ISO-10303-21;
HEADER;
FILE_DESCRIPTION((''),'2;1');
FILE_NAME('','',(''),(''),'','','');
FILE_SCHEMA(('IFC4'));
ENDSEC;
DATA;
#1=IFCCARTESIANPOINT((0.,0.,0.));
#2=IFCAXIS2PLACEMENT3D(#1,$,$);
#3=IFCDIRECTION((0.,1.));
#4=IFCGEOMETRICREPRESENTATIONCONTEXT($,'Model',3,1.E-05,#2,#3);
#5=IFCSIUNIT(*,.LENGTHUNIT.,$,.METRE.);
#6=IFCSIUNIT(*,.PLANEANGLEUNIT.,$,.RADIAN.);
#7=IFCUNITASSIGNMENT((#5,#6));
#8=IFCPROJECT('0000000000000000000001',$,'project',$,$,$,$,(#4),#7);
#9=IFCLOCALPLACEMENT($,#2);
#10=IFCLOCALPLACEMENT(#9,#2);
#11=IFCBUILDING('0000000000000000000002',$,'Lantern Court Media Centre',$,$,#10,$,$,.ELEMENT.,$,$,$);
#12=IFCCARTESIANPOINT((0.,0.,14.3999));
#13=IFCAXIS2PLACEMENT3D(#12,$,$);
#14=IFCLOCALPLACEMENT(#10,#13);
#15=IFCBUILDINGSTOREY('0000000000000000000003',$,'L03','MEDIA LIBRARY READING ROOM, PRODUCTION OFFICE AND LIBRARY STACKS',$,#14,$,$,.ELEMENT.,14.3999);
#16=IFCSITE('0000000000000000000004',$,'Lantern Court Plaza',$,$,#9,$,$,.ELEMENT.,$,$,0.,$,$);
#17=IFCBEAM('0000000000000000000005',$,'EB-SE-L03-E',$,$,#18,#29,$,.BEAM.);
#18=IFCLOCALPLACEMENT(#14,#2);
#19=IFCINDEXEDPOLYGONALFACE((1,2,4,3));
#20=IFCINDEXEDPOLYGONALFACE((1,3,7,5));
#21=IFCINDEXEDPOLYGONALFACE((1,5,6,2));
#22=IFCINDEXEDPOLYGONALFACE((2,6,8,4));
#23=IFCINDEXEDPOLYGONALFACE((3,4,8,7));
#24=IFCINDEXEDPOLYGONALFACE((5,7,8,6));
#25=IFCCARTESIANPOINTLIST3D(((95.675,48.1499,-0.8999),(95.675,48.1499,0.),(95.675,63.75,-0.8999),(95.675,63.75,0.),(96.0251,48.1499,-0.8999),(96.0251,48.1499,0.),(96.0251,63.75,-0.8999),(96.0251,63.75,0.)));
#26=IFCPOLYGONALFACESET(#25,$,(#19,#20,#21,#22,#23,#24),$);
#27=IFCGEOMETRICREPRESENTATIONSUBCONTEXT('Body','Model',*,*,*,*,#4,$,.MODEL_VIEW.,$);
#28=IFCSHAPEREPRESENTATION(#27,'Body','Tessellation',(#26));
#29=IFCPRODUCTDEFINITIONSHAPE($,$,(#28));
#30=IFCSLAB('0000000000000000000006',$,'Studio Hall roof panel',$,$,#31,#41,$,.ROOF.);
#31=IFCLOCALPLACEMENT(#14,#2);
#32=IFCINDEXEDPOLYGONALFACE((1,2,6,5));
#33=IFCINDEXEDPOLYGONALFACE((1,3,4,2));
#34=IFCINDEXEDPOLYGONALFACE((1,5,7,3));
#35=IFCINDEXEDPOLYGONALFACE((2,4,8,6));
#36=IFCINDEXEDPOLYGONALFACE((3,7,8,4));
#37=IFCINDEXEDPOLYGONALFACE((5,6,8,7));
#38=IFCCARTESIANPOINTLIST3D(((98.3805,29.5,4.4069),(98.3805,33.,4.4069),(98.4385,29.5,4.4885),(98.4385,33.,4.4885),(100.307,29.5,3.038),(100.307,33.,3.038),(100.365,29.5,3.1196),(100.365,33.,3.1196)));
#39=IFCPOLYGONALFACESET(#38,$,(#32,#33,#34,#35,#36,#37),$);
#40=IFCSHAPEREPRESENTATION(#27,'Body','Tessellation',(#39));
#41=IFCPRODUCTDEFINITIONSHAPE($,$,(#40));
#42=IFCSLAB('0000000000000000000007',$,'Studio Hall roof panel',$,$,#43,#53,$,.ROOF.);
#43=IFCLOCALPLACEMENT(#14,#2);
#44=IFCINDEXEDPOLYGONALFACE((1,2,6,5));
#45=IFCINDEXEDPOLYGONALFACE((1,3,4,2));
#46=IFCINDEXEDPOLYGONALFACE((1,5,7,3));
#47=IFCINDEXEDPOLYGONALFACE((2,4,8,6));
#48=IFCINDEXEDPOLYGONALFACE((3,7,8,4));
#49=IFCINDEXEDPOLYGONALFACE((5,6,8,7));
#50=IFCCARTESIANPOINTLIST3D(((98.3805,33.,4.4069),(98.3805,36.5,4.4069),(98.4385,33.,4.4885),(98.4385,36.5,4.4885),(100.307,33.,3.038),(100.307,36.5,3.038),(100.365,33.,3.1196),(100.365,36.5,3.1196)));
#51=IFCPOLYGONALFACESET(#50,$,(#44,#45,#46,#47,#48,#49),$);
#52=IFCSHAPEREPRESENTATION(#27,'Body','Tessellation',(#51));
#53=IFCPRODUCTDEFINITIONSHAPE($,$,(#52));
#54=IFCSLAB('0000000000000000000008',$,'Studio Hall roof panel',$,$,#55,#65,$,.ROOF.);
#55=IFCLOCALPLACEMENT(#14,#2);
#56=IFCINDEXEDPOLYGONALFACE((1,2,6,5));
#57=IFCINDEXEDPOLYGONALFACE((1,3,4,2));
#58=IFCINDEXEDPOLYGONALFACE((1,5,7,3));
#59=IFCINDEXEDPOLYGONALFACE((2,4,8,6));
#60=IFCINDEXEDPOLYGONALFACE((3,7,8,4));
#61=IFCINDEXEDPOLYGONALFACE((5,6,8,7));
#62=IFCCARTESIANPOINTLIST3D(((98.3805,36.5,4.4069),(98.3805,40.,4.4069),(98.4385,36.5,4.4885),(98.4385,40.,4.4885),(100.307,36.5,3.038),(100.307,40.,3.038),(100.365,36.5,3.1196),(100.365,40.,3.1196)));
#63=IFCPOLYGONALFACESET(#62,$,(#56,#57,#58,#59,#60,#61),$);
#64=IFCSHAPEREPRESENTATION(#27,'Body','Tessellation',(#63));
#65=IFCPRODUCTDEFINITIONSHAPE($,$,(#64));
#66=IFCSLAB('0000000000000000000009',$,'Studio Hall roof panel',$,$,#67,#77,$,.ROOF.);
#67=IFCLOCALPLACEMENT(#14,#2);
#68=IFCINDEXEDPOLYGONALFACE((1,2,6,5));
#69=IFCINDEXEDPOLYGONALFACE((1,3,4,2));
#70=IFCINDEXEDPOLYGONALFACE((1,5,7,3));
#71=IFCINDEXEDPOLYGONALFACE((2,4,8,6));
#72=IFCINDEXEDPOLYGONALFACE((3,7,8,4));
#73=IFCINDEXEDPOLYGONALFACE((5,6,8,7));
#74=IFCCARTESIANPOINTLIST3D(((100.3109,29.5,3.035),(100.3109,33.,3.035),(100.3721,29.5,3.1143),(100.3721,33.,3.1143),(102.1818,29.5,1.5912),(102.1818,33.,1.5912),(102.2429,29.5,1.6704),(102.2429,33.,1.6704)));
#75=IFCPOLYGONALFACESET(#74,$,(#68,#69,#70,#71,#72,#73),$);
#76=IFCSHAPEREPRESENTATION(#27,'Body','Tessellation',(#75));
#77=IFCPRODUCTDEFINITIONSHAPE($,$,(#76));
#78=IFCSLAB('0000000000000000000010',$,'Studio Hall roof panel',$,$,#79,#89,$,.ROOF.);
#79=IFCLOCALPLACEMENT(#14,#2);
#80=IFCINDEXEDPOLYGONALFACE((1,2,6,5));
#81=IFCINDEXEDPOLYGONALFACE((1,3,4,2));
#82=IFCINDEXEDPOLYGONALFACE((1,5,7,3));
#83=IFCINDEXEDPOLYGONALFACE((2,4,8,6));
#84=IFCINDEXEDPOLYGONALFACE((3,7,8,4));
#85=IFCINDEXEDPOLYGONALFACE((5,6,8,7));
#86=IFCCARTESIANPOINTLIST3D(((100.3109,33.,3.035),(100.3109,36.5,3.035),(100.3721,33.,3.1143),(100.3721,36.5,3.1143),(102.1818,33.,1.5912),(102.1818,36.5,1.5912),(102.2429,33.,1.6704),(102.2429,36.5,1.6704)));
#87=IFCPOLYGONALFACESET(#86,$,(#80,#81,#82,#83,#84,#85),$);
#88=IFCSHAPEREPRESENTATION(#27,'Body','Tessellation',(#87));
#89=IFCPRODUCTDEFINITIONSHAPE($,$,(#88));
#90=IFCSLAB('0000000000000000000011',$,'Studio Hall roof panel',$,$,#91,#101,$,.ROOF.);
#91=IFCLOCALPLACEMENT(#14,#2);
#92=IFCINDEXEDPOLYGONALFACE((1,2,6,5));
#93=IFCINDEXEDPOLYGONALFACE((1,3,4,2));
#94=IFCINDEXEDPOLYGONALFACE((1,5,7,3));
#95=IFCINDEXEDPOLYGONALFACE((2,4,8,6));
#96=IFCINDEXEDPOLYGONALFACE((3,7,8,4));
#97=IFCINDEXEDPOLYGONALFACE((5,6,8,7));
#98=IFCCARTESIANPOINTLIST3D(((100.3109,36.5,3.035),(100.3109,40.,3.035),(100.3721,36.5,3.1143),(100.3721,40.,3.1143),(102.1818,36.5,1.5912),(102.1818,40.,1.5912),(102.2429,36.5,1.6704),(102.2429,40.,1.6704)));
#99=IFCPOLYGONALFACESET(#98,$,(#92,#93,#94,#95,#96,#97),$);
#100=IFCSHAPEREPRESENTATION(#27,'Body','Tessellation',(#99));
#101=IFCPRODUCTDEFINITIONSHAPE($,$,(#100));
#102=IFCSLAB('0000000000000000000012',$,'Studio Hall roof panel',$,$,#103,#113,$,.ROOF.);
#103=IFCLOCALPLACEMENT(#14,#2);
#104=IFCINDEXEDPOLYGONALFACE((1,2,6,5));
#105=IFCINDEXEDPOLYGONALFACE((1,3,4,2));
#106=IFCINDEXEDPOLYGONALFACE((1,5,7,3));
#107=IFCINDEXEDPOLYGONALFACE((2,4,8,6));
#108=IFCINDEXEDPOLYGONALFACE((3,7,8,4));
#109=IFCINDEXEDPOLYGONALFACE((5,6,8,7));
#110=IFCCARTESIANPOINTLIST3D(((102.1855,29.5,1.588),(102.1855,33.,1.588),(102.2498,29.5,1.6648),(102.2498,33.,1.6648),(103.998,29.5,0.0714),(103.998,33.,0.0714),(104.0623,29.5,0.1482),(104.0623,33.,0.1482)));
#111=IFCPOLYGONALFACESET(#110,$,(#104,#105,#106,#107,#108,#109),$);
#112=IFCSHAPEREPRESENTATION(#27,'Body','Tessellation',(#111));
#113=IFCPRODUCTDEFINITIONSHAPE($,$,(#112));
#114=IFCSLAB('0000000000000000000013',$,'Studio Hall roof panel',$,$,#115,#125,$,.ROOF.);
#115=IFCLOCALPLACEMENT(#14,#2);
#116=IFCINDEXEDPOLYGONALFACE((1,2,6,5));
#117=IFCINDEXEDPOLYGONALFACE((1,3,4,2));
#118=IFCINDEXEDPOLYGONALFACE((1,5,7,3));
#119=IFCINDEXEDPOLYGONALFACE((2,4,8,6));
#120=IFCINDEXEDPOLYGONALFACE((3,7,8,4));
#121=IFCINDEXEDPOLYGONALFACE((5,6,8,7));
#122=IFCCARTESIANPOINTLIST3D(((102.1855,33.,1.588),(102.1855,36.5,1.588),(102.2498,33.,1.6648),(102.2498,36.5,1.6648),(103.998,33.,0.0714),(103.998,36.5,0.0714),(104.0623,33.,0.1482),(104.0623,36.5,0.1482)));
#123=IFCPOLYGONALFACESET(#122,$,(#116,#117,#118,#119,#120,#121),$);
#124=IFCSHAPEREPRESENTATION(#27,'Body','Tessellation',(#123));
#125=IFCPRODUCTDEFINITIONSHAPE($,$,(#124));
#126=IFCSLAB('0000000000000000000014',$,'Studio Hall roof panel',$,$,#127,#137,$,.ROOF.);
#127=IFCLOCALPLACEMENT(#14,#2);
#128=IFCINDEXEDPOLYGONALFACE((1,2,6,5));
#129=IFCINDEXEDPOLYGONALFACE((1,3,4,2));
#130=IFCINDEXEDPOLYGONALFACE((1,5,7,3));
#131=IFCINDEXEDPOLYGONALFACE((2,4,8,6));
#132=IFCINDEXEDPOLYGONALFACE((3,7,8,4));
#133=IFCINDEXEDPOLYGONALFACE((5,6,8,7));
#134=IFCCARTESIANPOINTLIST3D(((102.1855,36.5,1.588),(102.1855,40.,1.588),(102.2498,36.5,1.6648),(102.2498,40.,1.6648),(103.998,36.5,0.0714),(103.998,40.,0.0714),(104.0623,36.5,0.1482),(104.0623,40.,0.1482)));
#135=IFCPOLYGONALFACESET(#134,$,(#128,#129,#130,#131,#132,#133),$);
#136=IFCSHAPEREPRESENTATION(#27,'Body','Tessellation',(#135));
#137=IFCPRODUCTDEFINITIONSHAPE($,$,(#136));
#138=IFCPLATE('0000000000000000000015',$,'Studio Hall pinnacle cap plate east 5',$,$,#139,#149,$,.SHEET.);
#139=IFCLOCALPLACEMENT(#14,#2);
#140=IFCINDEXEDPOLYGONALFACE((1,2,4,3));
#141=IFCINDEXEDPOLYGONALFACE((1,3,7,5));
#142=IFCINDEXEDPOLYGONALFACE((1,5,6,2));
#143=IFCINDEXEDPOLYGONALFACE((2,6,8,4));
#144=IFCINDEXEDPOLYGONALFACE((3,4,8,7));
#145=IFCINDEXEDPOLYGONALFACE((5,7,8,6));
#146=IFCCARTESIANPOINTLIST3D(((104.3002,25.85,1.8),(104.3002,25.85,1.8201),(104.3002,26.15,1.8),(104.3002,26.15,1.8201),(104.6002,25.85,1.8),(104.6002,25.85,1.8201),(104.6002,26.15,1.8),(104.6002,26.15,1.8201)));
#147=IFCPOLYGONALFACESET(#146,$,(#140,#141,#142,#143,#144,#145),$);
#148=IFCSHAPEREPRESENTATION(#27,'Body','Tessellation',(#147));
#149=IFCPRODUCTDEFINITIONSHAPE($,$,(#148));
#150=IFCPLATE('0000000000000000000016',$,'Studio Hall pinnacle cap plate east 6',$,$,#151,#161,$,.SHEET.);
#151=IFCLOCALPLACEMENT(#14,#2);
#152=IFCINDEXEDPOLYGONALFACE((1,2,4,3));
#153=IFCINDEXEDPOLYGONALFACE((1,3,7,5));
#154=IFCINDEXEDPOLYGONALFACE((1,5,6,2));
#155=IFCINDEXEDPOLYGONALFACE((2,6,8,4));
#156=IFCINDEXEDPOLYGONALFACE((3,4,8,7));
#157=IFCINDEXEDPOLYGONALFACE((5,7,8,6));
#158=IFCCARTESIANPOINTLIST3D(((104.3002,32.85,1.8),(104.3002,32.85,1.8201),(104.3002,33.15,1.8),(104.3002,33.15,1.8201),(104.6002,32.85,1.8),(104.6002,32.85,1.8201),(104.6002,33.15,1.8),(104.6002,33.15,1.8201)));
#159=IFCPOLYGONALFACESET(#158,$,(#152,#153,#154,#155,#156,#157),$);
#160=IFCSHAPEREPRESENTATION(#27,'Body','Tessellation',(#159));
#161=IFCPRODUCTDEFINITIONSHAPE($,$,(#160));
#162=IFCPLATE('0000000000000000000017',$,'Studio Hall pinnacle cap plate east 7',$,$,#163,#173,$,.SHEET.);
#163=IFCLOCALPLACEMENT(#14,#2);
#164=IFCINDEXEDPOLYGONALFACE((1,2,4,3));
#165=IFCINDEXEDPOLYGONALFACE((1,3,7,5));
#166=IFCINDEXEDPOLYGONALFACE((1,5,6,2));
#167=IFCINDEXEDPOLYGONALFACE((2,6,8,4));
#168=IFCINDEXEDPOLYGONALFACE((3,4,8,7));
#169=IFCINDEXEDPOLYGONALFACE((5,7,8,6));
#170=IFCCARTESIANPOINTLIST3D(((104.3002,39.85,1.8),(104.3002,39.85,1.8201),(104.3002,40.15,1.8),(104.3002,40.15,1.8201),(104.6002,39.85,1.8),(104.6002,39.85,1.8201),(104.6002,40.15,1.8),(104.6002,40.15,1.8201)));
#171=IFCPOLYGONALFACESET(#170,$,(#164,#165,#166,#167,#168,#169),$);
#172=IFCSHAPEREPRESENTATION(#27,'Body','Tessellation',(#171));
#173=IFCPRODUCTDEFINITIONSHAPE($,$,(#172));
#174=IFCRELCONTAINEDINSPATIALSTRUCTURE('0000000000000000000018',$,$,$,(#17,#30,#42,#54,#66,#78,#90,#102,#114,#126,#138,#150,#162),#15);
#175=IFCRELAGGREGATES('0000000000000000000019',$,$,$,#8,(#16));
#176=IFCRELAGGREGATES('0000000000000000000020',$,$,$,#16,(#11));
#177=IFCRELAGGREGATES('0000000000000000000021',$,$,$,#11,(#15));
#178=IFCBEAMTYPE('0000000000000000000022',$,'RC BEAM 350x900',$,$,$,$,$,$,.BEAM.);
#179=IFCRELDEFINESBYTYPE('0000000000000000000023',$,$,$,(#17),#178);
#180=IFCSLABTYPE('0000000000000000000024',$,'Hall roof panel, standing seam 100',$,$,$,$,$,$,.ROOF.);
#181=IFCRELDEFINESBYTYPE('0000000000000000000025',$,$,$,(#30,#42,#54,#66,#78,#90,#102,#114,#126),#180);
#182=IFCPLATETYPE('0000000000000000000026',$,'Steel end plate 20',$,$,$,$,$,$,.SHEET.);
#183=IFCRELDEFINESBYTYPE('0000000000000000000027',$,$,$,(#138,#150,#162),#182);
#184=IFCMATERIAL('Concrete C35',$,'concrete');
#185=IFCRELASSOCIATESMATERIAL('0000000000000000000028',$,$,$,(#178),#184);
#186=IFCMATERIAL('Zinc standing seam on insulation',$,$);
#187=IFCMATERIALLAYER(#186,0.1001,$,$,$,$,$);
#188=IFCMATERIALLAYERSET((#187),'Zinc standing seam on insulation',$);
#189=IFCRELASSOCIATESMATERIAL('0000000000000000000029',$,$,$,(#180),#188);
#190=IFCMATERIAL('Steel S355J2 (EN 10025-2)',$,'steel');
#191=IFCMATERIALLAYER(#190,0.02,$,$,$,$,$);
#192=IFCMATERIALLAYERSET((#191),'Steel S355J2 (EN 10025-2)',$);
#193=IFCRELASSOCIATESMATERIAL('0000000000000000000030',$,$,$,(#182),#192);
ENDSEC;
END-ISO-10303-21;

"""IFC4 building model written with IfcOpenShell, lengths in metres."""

from ifc_helpers import new_model, si_unit, direction, frame, origin, origin_2d, place, context, subcontext, project, spatial, polyline, rectangle, outline, extrude, material, layer, layer_set, material_profile, profile_set, type_object, element, save


model = new_model("IFC4")

# Units and contexts
model_context = context("Model", 3, precision=1e-05, world=origin(), true_north=direction((0.0, 1.0)))
body_context = subcontext(model_context, "Body", "Model", "MODEL_VIEW")
ifc_project = project(units=[si_unit("LENGTHUNIT", "METRE"), si_unit("PLANEANGLEUNIT", "RADIAN")], contexts=[model_context])

# Site, building, storey
site_placement = place(None, origin())
site = spatial("IfcSite", under=ifc_project, at=site_placement, Name="Lantern Court Plaza", CompositionType="ELEMENT", RefElevation=0.0)
building_placement = place(site_placement, origin())
building = spatial("IfcBuilding", under=site, at=building_placement, Name="Lantern Court Media Centre", CompositionType="ELEMENT")
storey_placement = place(building_placement, frame((0.0, 0.0, 14.3999)))
storey = spatial("IfcBuildingStorey", under=building, at=storey_placement, Name="L03", Description="MEDIA LIBRARY READING ROOM, PRODUCTION OFFICE AND LIBRARY STACKS", CompositionType="ELEMENT", Elevation=14.3999)

# Shared definitions
ifc_material_1 = material(Name="Steel S355J2 (EN 10025-2)", Category="steel")

# Beam
ifc_material_2 = material(Name="Concrete C35", Category="concrete")
ifc_material_profile_1 = material_profile(ifc_material_2, rectangle(XDim=0.3501, YDim=0.8999, at=origin_2d()), Name="RC 350x900")
ifc_profile_set_1 = profile_set([ifc_material_profile_1], Name="Concrete C35")
beam_type = type_object("IfcBeamType", Name="RC BEAM 350x900", PredefinedType="BEAM", material=ifc_profile_set_1)
beam_placement = place(storey_placement, frame((95.8501, 48.1499, -0.45), z_axis=(0.0, 1.0, 0.0), x_axis=(-1.0, 0.0, 0.0)))
element("IfcBeam", 1, at=beam_placement, inside=storey, type_object=beam_type, Name="EB-SE-L03-E", PredefinedType="BEAM", context=body_context, shape_type="SweptSolid", body=[
    extrude(rectangle(XDim=0.3501, YDim=0.8999, at=origin_2d()), origin(), (0.0, 0.0, 1.0), 15.6001),
])

# Slabs
ifc_material_3 = material(Name="Zinc standing seam on insulation")
ifc_layer_1 = layer(ifc_material_3, 0.1001)
ifc_layer_set_1 = layer_set([ifc_layer_1], Name="Zinc standing seam on insulation")
slab_type = type_object("IfcSlabType", Name="Hall roof panel, standing seam 100", PredefinedType="ROOF", material=ifc_layer_set_1)
for number, where, z_axis, x_axis, name in (
    (2, (98.4385, 29.5, 4.4885), (0.579223, 0.0, 0.815169), (0.815169, 0.0, -0.579223), "Studio Hall roof panel"),
    (3, (98.4385, 33.0, 4.4885), (0.579223, 0.0, 0.815169), (0.815169, 0.0, -0.579223), "Studio Hall roof panel"),
    (4, (98.4385, 36.5, 4.4885), (0.579223, 0.0, 0.815169), (0.815169, 0.0, -0.579223), "Studio Hall roof panel"),
):
    element("IfcSlab", number, at=place(storey_placement, frame(where, z_axis=z_axis, x_axis=x_axis)), inside=storey, type_object=slab_type, Name=name, PredefinedType="ROOF", context=body_context, shape_type="SweptSolid", body=[
        extrude(outline(polyline([(0.0, 0.0), (2.3633, 0.0), (2.3633, 3.5), (0.0, 3.5), (0.0, 0.0)])), origin(), (0.0, 0.0, -1.0), 0.1001),
    ])
for number, where, z_axis, x_axis, name in (
    (5, (100.3721, 29.5, 3.1143), (0.610968, 0.0, 0.791655), (0.791655, 0.0, -0.610968), "Studio Hall roof panel"),
    (6, (100.3721, 33.0, 3.1143), (0.610968, 0.0, 0.791655), (0.791655, 0.0, -0.610968), "Studio Hall roof panel"),
    (7, (100.3721, 36.5, 3.1143), (0.610968, 0.0, 0.791655), (0.791655, 0.0, -0.610968), "Studio Hall roof panel"),
):
    element("IfcSlab", number, at=place(storey_placement, frame(where, z_axis=z_axis, x_axis=x_axis)), inside=storey, type_object=slab_type, Name=name, PredefinedType="ROOF", context=body_context, shape_type="SweptSolid", body=[
        extrude(outline(polyline([(0.0, 0.0), (2.3632, 0.0), (2.3632, 3.5), (0.0, 3.5), (0.0, 0.0)])), origin(), (0.0, 0.0, -1.0), 0.1001),
    ])
for number, where, z_axis, x_axis, name in (
    (8, (102.2498, 29.5, 1.6648), (0.641728, 0.0, 0.766933), (0.766933, 0.0, -0.641728), "Studio Hall roof panel"),
    (9, (102.2498, 33.0, 1.6648), (0.641728, 0.0, 0.766933), (0.766933, 0.0, -0.641728), "Studio Hall roof panel"),
    (10, (102.2498, 36.5, 1.6648), (0.641728, 0.0, 0.766933), (0.766933, 0.0, -0.641728), "Studio Hall roof panel"),
):
    element("IfcSlab", number, at=place(storey_placement, frame(where, z_axis=z_axis, x_axis=x_axis)), inside=storey, type_object=slab_type, Name=name, PredefinedType="ROOF", context=body_context, shape_type="SweptSolid", body=[
        extrude(outline(polyline([(0.0, 0.0), (2.3633, 0.0), (2.3633, 3.5), (0.0, 3.5), (0.0, 0.0)])), origin(), (0.0, 0.0, -1.0), 0.1001),
    ])

# Plates
ifc_layer_2 = layer(ifc_material_1, 0.02)
ifc_layer_set_2 = layer_set([ifc_layer_2], Name="Steel S355J2 (EN 10025-2)")
plate_type = type_object("IfcPlateType", Name="Steel end plate 20", PredefinedType="SHEET", material=ifc_layer_set_2)
for number, where, z_axis, x_axis, name in (
    (11, (104.4502, 26.0, 1.8), (0.0, 0.0, 1.0), (1.0, 0.0, 0.0), "Studio Hall pinnacle cap plate east 5"),
    (12, (104.4502, 33.0, 1.8), (0.0, 0.0, 1.0), (1.0, 0.0, 0.0), "Studio Hall pinnacle cap plate east 6"),
    (13, (104.4502, 40.0, 1.8), (0.0, 0.0, 1.0), (1.0, 0.0, 0.0), "Studio Hall pinnacle cap plate east 7"),
):
    element("IfcPlate", number, at=place(storey_placement, frame(where, z_axis=z_axis, x_axis=x_axis)), inside=storey, type_object=plate_type, Name=name, PredefinedType="SHEET", context=body_context, shape_type="SweptSolid", body=[
        extrude(rectangle(XDim=0.3, YDim=0.3, at=origin_2d()), origin(), (0.0, 0.0, 1.0), 0.02),
    ])

save(model, "model.ifc")
